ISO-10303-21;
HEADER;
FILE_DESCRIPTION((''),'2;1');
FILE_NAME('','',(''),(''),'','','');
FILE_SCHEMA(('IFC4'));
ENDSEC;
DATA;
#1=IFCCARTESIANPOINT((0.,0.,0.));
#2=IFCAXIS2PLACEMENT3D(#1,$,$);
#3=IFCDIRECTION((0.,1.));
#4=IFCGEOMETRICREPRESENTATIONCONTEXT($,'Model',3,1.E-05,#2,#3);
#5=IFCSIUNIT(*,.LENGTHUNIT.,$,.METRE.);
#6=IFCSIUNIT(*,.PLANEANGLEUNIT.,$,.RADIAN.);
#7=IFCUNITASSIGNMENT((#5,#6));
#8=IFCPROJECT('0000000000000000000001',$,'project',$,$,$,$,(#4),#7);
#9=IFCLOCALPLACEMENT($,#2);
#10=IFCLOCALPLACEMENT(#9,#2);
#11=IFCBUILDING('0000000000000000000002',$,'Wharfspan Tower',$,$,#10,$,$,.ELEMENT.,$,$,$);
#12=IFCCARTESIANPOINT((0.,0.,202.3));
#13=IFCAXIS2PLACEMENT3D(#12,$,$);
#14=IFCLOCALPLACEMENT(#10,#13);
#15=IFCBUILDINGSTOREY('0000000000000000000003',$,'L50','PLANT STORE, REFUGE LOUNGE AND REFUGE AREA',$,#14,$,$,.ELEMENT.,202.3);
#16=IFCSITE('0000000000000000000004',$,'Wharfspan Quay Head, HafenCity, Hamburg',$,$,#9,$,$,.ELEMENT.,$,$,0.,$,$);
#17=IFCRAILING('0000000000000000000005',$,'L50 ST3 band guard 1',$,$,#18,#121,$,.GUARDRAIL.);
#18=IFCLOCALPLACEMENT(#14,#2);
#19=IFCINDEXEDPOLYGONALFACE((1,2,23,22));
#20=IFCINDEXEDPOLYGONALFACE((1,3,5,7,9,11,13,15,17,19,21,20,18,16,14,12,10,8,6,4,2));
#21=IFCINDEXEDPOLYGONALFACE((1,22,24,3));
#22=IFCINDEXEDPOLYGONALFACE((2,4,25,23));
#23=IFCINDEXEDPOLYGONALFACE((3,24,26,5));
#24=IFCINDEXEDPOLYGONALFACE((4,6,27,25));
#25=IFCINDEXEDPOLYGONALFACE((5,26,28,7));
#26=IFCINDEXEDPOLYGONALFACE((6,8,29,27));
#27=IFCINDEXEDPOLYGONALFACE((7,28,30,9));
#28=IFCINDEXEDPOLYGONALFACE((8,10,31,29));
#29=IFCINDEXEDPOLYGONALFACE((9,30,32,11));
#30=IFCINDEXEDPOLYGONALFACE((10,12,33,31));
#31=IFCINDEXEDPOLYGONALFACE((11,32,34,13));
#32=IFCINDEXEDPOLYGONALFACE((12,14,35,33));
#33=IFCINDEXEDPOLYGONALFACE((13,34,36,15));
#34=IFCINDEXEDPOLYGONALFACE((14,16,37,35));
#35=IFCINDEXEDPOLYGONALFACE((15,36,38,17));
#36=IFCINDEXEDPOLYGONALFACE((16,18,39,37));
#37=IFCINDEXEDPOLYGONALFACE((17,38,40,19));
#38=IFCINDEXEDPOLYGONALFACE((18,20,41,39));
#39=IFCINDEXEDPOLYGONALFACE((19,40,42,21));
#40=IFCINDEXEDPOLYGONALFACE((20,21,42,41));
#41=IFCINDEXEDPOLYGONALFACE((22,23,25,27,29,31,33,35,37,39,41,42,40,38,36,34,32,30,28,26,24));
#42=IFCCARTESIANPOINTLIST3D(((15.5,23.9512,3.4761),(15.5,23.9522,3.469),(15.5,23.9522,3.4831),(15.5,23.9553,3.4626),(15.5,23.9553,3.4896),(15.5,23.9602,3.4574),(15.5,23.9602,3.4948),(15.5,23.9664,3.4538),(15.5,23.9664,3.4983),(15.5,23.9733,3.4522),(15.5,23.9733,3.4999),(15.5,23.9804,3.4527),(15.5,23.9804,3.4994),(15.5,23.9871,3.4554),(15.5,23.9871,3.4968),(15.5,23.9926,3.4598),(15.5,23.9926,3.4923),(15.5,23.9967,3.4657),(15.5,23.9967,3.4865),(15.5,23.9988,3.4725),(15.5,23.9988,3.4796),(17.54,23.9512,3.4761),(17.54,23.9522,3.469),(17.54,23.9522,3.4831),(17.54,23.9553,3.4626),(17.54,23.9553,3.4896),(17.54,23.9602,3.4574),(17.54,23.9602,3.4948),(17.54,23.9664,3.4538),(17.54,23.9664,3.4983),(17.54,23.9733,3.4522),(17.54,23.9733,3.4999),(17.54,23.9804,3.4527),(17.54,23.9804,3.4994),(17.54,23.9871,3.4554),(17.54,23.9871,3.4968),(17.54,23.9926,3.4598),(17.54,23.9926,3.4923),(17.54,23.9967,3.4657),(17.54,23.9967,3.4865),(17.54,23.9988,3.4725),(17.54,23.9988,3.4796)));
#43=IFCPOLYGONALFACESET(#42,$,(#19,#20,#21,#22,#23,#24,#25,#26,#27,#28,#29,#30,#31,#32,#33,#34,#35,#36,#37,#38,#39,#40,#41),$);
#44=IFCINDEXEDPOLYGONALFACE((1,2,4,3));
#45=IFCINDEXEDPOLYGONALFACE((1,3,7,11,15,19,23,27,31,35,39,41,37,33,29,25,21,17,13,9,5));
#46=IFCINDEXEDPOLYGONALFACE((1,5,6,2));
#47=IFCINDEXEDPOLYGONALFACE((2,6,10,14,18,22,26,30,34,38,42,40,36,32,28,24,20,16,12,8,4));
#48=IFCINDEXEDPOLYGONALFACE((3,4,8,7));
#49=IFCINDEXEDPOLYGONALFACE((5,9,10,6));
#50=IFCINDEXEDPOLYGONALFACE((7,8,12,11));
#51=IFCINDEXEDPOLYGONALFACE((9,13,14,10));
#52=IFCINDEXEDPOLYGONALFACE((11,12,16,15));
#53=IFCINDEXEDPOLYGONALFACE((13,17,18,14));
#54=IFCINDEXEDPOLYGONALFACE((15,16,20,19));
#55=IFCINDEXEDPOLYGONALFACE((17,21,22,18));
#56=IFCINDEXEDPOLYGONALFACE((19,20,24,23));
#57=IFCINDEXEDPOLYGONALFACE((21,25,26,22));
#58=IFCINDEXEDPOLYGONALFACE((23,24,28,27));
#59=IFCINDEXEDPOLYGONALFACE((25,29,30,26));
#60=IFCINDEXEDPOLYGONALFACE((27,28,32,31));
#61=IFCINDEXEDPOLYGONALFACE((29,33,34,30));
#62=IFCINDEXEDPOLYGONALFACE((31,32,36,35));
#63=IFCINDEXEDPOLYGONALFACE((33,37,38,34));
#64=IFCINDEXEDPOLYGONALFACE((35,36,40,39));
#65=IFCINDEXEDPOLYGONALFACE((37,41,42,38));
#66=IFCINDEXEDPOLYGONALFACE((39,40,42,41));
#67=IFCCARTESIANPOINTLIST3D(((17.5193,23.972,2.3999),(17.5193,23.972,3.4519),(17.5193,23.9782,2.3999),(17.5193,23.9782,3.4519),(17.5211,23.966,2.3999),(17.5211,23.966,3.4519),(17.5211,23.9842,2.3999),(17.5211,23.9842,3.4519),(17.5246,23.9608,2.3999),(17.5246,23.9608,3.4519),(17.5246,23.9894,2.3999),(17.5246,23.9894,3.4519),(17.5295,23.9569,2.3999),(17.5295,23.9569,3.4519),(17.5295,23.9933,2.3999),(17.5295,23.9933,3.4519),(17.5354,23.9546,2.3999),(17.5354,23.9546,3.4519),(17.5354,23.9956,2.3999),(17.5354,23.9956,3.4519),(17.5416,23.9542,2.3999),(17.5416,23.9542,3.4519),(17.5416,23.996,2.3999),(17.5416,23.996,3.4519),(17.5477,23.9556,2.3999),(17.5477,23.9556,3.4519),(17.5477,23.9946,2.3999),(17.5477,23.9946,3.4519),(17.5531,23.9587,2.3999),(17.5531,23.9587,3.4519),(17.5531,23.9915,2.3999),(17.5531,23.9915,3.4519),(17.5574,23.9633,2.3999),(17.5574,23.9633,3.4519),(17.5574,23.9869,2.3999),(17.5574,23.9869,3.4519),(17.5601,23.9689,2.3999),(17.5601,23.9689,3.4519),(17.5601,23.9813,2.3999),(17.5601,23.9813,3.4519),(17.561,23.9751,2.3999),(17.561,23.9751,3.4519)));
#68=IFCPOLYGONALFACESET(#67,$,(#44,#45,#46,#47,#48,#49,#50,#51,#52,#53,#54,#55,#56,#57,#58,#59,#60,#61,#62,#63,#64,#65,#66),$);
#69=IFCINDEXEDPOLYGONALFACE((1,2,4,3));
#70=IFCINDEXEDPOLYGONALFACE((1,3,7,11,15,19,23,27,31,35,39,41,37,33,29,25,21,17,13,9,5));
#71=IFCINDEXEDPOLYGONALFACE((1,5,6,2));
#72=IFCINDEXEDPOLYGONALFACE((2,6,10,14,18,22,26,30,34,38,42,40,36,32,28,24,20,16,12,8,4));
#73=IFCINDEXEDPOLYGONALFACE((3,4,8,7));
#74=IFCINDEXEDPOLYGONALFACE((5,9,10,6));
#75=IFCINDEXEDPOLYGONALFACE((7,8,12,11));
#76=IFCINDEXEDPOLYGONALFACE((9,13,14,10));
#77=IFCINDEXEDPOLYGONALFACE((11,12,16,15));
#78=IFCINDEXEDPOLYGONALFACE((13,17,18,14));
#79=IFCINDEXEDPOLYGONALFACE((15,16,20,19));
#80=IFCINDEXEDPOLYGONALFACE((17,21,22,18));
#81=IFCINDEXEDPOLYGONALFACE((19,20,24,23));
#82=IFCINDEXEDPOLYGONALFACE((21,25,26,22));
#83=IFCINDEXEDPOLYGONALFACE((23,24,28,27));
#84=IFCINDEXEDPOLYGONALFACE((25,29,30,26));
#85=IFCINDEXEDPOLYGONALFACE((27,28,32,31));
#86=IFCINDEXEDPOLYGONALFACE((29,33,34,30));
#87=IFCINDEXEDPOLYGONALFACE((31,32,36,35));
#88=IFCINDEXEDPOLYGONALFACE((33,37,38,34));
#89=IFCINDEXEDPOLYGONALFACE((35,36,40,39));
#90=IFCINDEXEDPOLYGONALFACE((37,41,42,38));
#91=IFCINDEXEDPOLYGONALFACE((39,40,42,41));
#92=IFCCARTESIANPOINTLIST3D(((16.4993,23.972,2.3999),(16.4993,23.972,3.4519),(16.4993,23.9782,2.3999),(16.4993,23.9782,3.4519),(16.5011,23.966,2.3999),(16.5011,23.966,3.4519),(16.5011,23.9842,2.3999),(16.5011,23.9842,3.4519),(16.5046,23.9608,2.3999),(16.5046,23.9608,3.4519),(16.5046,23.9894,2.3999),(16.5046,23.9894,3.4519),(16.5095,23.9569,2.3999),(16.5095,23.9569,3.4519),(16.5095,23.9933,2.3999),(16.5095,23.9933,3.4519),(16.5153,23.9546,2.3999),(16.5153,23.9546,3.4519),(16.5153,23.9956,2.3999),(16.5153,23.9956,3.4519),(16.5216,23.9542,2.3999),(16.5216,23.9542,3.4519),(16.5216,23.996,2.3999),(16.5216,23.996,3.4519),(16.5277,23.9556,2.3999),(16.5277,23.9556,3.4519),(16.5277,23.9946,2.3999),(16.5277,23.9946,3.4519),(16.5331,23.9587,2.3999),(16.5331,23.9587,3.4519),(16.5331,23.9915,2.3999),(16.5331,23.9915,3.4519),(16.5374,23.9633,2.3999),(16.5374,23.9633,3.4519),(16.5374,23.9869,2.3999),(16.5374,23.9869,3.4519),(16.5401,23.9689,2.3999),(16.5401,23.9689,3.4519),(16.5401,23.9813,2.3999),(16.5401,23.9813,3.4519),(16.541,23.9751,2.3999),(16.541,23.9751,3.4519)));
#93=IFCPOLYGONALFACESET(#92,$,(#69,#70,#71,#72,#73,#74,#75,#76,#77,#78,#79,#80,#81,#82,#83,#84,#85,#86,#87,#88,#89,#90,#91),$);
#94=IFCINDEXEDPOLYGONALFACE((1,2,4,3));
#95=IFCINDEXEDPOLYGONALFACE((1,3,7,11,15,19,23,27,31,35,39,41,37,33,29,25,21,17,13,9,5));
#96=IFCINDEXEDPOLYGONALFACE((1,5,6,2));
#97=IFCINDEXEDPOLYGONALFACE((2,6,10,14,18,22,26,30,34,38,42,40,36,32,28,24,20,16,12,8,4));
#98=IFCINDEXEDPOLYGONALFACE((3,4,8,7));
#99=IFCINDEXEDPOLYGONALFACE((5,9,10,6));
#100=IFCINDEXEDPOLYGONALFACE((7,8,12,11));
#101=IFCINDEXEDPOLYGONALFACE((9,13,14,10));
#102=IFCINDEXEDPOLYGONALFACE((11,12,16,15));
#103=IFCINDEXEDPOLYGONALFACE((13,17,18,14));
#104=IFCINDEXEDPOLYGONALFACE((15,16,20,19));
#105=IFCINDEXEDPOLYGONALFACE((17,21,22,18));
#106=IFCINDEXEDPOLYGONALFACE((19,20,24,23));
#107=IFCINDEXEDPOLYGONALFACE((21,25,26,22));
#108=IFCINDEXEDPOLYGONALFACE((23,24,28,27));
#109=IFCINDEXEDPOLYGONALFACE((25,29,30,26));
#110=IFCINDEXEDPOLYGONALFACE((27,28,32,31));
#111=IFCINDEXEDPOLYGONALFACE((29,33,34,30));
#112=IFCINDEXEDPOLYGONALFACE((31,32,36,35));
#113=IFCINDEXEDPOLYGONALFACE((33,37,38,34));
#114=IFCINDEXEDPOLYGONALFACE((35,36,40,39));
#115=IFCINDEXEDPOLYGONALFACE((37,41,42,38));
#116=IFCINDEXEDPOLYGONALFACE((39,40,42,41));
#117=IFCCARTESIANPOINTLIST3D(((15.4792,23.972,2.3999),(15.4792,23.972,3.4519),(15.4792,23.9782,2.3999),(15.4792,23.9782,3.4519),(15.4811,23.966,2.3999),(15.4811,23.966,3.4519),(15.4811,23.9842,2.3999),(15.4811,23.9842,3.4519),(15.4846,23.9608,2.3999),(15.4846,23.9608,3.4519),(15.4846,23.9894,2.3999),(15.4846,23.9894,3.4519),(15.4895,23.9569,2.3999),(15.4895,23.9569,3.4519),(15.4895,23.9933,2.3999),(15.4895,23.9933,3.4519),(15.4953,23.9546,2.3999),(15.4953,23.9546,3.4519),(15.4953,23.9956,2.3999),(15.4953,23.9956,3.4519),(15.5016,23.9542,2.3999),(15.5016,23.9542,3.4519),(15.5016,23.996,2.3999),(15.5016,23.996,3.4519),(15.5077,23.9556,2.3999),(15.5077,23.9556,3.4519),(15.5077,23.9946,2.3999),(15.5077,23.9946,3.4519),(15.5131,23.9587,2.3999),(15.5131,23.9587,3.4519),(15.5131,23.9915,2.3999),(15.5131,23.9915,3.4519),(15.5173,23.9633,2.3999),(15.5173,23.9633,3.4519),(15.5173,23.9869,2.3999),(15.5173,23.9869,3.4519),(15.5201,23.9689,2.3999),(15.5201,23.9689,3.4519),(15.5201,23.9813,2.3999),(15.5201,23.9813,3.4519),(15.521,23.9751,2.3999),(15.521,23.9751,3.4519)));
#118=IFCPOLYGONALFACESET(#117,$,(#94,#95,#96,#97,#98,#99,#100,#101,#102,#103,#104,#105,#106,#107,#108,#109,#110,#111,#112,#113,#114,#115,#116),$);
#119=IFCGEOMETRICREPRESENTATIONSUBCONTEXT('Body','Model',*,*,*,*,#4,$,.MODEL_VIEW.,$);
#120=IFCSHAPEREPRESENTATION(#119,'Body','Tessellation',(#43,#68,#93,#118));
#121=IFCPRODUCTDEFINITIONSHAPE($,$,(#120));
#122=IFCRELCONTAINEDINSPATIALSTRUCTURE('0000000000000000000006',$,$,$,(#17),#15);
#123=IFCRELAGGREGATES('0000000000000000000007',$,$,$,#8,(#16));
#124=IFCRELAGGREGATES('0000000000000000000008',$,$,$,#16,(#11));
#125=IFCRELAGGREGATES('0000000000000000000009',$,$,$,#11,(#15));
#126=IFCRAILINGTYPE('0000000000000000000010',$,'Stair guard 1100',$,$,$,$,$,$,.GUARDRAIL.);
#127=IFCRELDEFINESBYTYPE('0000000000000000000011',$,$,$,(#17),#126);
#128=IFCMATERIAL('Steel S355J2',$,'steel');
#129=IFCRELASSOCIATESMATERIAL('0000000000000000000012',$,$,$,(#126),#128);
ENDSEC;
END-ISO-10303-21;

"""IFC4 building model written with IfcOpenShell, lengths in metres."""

from ifc_helpers import new_model, si_unit, direction, frame, origin, origin_2d, place, context, subcontext, project, spatial, circle, extrude, material, type_object, element, save


model = new_model("IFC4")

# Units and contexts
model_context = context("Model", 3, precision=1e-05, world=origin(), true_north=direction((0.0, 1.0)))
body_context = subcontext(model_context, "Body", "Model", "MODEL_VIEW")
ifc_project = project(units=[si_unit("LENGTHUNIT", "METRE"), si_unit("PLANEANGLEUNIT", "RADIAN")], contexts=[model_context])

# Site, building, storey
site_placement = place(None, origin())
site = spatial("IfcSite", under=ifc_project, at=site_placement, Name="Wharfspan Quay Head, HafenCity, Hamburg", CompositionType="ELEMENT", RefElevation=0.0)
building_placement = place(site_placement, origin())
building = spatial("IfcBuilding", under=site, at=building_placement, Name="Wharfspan Tower", CompositionType="ELEMENT")
storey_placement = place(building_placement, frame((0.0, 0.0, 202.3)))
storey = spatial("IfcBuildingStorey", under=building, at=storey_placement, Name="L50", Description="PLANT STORE, REFUGE LOUNGE AND REFUGE AREA", CompositionType="ELEMENT", Elevation=202.3)

# Railing
ifc_material_1 = material(Name="Steel S355J2", Category="steel")
railing_type_1 = type_object("IfcRailingType", Name="Stair guard 1100", PredefinedType="GUARDRAIL", material=ifc_material_1)
railing_1_placement = place(storey_placement, frame((17.54, 23.9751, 2.3999)))
element("IfcRailing", 1, at=railing_1_placement, inside=storey, type_object=railing_type_1, Name="L50 ST3 band guard 1", PredefinedType="GUARDRAIL", context=body_context, shape_type="SweptSolid", body=[
    extrude(circle(Radius=0.0239, at=origin_2d()), frame((0.0, 0.0, 1.0762), z_axis=(-1.0, 0.0, 0.0), x_axis=(0.0, -1.0, 0.0)), (0.0, 0.0, 1.0), 2.04),
    extrude(circle(Radius=0.021, at=origin_2d()), origin(), (0.0, 0.0, 1.0), 1.052),
    extrude(circle(Radius=0.021, at=origin_2d()), frame((-1.02, 0.0, 0.0)), (0.0, 0.0, 1.0), 1.052),
    extrude(circle(Radius=0.021, at=origin_2d()), frame((-2.04, 0.0, 0.0)), (0.0, 0.0, 1.0), 1.052),
])

save(model, "model.ifc")
